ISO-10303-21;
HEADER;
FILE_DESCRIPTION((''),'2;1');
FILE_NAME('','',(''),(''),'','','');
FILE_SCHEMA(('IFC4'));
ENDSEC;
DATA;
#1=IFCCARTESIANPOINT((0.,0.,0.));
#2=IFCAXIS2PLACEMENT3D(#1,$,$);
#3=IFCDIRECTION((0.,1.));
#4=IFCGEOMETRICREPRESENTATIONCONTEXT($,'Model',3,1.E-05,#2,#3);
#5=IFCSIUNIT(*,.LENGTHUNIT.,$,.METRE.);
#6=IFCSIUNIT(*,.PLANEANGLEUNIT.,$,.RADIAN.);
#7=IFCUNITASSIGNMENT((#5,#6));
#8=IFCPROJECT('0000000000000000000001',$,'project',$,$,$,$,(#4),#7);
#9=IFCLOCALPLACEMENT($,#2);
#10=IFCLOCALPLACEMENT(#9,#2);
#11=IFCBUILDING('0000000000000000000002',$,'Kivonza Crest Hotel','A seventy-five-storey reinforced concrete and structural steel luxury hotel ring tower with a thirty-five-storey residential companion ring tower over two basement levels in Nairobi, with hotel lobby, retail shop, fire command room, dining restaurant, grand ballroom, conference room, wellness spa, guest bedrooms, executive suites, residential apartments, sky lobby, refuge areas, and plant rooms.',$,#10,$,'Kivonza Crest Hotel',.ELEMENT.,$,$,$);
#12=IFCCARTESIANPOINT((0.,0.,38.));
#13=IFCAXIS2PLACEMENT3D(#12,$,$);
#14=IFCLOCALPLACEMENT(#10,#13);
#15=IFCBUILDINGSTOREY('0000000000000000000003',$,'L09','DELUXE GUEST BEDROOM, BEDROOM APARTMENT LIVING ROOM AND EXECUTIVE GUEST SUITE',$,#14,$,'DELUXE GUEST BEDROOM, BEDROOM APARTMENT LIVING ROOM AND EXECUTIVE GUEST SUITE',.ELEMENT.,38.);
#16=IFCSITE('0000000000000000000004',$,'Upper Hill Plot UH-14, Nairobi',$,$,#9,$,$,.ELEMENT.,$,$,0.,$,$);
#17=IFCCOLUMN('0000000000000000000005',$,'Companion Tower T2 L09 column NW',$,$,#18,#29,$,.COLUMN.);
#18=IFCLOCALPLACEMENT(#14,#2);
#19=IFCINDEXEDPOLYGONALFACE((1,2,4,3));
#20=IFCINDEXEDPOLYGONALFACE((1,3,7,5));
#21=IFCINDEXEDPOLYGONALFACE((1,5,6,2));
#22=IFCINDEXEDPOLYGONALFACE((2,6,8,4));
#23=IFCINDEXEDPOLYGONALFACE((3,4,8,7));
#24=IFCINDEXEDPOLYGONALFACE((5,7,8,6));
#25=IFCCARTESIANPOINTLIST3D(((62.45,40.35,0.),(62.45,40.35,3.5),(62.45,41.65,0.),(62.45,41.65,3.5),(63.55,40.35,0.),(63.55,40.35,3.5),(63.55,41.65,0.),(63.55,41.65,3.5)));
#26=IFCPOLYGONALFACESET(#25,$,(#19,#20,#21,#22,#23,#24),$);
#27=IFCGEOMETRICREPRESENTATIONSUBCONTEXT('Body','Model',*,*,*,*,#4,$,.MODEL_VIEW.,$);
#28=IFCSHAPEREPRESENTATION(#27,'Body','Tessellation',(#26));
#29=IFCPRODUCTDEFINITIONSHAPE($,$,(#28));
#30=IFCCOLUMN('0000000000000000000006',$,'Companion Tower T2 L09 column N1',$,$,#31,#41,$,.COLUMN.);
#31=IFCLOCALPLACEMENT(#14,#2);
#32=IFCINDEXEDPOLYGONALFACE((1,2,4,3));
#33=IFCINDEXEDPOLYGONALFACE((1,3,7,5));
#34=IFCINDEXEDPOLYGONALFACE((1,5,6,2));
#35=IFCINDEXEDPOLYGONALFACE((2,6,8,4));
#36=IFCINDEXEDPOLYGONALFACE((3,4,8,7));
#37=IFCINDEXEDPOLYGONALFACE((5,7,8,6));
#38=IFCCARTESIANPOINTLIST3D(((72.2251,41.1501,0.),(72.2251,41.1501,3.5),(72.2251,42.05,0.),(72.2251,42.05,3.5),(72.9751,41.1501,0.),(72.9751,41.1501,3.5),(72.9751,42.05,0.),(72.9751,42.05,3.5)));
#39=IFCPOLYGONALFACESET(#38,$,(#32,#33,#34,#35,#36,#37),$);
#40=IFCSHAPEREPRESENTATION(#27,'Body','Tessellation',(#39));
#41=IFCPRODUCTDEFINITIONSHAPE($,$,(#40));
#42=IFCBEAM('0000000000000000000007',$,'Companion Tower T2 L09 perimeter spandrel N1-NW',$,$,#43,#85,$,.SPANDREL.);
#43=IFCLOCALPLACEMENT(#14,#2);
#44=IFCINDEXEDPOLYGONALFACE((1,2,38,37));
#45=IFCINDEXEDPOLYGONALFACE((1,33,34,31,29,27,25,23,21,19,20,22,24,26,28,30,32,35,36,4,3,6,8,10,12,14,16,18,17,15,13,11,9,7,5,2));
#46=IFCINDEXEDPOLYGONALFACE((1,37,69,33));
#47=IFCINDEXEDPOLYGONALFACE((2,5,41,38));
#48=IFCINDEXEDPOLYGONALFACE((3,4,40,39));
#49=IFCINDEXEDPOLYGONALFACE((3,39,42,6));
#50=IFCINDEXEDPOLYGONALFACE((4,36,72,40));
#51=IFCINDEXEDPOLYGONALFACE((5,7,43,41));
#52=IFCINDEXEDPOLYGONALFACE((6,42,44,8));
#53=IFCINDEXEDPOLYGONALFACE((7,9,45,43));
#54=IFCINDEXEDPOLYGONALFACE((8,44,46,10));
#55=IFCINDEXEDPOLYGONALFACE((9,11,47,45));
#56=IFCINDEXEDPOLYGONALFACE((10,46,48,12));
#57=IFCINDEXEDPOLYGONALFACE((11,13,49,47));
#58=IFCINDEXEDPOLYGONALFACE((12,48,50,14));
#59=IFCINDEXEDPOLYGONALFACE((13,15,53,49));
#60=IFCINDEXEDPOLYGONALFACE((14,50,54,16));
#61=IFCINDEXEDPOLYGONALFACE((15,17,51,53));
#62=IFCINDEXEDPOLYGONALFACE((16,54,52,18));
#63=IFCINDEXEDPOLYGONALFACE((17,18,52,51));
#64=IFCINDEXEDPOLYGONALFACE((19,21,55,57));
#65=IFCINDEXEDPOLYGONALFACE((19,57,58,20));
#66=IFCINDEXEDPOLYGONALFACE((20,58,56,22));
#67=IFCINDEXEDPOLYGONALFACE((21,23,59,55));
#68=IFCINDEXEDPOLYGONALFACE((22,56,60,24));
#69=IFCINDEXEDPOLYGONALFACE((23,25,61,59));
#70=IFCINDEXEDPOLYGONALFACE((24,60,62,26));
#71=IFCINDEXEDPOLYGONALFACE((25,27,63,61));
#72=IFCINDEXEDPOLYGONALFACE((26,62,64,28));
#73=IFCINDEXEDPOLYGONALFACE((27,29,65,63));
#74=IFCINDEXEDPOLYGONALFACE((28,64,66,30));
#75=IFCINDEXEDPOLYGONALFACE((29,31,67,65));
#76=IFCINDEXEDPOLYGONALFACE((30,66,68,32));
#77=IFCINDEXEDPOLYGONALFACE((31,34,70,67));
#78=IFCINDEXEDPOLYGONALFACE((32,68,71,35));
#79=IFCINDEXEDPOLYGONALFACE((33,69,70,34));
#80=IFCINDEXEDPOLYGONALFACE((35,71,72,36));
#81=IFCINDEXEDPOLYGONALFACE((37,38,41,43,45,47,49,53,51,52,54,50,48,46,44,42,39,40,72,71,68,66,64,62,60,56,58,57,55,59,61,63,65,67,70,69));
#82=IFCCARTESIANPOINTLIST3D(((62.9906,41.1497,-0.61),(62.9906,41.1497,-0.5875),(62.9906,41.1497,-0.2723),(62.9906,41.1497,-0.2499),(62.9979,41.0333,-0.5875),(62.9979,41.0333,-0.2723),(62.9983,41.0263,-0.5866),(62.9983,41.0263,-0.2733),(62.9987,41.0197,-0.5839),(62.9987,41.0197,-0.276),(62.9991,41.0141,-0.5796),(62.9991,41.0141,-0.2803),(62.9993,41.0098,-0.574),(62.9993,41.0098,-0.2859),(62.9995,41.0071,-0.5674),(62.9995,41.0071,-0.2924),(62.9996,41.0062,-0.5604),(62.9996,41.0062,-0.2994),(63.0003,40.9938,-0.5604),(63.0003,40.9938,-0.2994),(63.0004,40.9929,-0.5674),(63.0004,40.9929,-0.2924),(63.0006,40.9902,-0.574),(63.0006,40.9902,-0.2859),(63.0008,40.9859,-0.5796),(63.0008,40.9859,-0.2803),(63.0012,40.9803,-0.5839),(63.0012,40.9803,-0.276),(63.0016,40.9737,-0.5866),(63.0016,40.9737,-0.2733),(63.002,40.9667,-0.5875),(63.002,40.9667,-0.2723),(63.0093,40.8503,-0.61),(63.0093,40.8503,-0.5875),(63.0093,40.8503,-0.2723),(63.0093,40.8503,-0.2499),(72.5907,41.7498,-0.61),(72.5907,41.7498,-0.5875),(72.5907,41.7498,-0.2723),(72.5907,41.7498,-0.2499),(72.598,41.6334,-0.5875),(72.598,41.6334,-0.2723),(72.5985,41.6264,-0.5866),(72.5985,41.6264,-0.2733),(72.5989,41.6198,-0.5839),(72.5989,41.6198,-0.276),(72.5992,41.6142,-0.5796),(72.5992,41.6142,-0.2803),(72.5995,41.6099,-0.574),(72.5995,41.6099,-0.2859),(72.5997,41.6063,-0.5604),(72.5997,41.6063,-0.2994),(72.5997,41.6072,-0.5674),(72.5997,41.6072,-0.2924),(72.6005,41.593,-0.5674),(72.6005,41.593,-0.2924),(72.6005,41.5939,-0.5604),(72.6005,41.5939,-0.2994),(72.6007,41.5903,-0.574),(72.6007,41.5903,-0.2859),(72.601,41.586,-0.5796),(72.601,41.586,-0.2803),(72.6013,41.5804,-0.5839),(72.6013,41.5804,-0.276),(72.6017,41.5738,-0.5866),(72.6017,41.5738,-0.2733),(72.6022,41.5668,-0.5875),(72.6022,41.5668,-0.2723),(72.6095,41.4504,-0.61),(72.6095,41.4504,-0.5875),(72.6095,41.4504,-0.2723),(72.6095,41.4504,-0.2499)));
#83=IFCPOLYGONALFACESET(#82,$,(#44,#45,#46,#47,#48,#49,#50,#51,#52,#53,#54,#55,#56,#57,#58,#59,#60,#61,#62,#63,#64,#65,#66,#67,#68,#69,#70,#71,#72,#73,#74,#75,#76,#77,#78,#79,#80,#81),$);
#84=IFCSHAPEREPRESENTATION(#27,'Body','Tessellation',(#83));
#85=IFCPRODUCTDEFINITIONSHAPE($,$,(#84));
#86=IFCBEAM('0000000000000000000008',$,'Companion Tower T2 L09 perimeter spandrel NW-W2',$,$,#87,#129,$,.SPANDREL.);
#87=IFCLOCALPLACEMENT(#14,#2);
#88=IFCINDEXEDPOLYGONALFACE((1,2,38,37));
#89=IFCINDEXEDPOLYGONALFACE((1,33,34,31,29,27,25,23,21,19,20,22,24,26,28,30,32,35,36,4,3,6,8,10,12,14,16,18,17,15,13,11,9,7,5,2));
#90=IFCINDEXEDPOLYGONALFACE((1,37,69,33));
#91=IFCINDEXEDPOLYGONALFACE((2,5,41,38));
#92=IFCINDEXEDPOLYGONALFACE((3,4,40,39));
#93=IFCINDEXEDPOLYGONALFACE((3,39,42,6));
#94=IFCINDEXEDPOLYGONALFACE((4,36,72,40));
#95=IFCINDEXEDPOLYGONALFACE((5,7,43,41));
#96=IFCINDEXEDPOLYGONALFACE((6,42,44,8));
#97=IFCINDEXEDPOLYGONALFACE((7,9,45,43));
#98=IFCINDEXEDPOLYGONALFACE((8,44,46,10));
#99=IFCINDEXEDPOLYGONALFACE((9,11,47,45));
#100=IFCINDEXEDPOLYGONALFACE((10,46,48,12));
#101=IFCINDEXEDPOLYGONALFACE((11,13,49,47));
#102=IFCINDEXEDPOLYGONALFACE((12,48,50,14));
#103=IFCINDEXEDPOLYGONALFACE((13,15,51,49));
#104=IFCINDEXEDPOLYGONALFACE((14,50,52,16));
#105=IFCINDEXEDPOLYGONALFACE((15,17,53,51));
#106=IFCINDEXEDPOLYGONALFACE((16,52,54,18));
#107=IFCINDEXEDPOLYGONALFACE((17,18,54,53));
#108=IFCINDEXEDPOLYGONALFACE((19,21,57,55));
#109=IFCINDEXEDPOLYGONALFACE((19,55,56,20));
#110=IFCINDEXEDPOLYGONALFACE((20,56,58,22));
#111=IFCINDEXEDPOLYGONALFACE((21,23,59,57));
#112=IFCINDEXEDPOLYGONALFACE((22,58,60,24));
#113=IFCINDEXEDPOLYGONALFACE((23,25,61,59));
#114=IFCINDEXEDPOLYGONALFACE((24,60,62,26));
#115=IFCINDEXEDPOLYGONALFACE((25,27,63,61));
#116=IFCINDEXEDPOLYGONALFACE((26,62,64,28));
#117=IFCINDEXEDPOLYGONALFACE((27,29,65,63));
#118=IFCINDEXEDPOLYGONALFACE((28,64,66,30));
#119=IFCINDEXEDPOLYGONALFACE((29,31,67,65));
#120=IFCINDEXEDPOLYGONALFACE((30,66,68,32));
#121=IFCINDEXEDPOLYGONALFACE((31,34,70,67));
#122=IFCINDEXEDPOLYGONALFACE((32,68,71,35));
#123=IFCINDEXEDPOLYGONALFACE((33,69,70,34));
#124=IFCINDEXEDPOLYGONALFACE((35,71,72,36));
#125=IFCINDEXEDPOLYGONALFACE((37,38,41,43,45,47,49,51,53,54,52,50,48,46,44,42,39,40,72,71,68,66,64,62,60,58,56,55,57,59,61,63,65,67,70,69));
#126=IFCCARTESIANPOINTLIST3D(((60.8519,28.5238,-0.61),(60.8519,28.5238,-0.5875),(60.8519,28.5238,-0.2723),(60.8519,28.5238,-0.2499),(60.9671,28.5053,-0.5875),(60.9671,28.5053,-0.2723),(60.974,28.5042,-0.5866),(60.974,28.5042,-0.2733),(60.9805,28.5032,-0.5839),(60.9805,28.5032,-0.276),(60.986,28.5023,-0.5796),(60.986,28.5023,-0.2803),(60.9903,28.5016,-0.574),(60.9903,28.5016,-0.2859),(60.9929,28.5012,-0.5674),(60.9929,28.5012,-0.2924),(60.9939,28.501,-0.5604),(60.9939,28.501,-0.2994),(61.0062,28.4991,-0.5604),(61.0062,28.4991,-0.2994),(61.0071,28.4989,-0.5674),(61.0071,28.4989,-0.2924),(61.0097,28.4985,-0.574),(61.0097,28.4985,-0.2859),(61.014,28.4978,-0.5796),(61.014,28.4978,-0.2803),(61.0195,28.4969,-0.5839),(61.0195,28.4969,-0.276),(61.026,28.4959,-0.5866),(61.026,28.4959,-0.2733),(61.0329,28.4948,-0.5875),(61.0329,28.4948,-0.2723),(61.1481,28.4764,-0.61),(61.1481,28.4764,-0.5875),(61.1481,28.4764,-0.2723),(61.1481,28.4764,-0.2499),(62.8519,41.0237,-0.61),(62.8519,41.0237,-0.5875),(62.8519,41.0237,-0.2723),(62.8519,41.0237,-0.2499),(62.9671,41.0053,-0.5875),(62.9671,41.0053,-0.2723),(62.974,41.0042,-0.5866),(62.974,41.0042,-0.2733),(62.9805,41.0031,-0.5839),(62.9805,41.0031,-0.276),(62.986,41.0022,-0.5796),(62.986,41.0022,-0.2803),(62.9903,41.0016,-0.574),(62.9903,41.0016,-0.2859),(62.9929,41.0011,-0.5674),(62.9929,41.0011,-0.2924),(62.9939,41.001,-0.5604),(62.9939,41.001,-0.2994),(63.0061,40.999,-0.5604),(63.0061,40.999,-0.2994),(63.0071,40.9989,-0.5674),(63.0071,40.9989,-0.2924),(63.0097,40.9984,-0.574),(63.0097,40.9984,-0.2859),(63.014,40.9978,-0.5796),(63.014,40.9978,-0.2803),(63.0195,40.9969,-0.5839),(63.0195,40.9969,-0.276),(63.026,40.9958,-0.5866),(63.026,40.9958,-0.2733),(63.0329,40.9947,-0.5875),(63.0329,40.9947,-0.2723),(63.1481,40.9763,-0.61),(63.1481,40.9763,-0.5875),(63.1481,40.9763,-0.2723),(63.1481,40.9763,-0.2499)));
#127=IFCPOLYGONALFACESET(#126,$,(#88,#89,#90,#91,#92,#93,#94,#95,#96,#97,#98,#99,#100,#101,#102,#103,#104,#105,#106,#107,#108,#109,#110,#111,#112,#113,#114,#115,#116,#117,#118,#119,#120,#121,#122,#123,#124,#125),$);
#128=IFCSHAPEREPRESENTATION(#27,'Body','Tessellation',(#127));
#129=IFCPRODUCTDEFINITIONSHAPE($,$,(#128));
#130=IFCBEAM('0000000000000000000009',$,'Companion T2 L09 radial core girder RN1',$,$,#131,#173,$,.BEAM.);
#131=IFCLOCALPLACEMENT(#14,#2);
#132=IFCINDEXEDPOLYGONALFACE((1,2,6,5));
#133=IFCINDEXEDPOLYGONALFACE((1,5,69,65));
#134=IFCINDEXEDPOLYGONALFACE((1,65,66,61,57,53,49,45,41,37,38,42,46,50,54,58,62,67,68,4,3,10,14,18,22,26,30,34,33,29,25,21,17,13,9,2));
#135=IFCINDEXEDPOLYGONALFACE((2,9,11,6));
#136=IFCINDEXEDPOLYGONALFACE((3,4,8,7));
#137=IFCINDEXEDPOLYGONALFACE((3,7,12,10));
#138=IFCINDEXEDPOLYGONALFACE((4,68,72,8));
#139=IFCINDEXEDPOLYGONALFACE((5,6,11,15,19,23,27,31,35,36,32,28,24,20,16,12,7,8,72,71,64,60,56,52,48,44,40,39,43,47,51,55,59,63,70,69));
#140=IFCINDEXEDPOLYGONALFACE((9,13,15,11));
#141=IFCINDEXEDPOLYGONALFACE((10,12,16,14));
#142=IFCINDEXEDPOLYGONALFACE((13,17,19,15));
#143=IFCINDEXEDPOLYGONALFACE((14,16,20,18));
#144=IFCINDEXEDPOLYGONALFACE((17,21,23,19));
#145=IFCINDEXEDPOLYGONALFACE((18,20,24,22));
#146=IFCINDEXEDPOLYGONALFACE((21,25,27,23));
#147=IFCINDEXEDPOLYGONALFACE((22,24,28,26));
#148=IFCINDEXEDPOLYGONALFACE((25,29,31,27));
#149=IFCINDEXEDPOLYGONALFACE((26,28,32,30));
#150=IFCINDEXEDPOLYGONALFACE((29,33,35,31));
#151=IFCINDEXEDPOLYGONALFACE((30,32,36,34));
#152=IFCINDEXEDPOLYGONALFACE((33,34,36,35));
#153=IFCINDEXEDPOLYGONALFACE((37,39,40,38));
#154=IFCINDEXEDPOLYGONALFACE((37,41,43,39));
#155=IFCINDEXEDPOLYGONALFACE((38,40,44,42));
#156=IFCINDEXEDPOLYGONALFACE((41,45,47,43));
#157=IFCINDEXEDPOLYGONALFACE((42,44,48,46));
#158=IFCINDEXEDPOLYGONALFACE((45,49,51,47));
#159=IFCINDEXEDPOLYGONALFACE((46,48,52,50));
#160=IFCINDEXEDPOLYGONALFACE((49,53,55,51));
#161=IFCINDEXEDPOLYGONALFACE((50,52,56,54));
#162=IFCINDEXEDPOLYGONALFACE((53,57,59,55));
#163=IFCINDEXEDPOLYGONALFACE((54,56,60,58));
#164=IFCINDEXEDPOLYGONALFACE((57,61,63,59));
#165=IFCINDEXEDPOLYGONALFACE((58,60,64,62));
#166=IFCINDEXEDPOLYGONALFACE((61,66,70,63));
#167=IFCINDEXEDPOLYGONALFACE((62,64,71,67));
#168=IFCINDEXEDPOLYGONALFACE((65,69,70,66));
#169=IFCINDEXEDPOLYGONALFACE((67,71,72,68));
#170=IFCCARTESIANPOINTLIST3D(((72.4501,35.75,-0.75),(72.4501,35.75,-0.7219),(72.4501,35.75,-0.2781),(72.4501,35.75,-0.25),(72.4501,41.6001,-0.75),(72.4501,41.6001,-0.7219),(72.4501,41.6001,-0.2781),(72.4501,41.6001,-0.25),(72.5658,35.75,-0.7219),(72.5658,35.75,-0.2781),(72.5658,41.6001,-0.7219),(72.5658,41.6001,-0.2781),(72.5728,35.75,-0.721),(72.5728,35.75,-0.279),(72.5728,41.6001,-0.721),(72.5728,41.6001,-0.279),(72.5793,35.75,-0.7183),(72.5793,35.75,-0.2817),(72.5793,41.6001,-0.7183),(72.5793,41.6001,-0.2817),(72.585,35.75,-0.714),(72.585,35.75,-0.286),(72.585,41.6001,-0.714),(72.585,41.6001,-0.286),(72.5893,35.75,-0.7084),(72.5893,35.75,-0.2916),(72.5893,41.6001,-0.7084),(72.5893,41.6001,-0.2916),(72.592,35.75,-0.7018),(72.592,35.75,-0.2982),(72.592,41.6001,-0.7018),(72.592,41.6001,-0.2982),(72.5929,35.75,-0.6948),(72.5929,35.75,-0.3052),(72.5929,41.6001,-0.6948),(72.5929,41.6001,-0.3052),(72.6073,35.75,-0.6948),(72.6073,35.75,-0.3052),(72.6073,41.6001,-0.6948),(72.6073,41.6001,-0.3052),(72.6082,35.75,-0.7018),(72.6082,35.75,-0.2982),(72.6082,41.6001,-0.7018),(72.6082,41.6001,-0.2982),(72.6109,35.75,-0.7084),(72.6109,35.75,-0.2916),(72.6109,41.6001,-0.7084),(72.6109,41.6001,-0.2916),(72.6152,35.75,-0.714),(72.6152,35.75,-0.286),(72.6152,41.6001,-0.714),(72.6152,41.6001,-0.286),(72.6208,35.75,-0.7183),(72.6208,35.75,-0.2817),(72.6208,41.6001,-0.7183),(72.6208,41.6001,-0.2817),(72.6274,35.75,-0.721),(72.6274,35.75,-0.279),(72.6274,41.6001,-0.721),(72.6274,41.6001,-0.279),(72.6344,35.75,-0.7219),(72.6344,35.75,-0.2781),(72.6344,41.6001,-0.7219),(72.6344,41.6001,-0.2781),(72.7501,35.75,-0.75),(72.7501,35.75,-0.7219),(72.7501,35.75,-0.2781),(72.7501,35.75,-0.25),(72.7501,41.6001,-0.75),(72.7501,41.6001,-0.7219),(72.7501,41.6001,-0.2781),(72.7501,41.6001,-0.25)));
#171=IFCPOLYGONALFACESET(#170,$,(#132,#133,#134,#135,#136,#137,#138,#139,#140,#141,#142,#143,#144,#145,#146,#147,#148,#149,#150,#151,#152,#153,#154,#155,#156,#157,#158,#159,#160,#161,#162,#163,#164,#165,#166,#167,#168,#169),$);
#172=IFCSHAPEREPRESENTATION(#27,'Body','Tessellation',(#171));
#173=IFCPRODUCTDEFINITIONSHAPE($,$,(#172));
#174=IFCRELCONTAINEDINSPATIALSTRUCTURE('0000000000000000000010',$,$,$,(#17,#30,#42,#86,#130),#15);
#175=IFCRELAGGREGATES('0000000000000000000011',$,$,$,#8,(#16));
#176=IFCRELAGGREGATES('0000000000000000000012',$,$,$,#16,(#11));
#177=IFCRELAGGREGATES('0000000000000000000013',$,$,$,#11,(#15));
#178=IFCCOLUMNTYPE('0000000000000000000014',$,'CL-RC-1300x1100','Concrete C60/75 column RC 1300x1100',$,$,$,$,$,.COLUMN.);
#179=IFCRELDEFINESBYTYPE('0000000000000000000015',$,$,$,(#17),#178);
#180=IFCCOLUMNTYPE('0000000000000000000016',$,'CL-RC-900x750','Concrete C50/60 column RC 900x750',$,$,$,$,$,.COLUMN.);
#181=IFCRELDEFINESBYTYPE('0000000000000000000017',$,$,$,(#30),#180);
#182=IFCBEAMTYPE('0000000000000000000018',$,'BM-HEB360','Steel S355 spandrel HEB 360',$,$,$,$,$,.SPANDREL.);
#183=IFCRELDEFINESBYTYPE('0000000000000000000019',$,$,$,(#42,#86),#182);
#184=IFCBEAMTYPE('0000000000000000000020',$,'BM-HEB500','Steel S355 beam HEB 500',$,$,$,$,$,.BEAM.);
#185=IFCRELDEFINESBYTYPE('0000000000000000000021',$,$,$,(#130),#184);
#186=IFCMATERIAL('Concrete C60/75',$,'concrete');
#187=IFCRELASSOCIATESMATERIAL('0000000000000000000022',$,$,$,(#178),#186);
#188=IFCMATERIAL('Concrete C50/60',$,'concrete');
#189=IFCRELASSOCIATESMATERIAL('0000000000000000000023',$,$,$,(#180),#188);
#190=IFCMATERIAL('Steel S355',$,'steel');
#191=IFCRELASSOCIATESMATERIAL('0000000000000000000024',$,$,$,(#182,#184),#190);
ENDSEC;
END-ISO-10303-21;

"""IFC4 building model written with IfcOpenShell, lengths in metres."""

from ifc_helpers import new_model, si_unit, direction, frame, origin, origin_2d, place, context, subcontext, project, spatial, rectangle, i_section, extrude, material, material_profile, profile_set, type_object, element, save


model = new_model("IFC4")

# Units and contexts
model_context = context("Model", 3, precision=1e-05, world=origin(), true_north=direction((0.0, 1.0)))
body_context = subcontext(model_context, "Body", "Model", "MODEL_VIEW")
ifc_project = project(units=[si_unit("LENGTHUNIT", "METRE"), si_unit("PLANEANGLEUNIT", "RADIAN")], contexts=[model_context])

# Site, building, storey
site_placement = place(None, origin())
site = spatial("IfcSite", under=ifc_project, at=site_placement, Name="Upper Hill Plot UH-14, Nairobi", CompositionType="ELEMENT", RefElevation=0.0)
building_placement = place(site_placement, origin())
building = spatial("IfcBuilding", under=site, at=building_placement, Name="Kivonza Crest Hotel", Description="A seventy-five-storey reinforced concrete and structural steel luxury hotel ring tower with a thirty-five-storey residential companion ring tower over two basement levels in Nairobi, with hotel lobby, retail shop, fire command room, dining restaurant, grand ballroom, conference room, wellness spa, guest bedrooms, executive suites, residential apartments, sky lobby, refuge areas, and plant rooms.", LongName="Kivonza Crest Hotel", CompositionType="ELEMENT")
storey_placement = place(building_placement, frame((0.0, 0.0, 38.0)))
storey = spatial("IfcBuildingStorey", under=building, at=storey_placement, Name="L09", Description="DELUXE GUEST BEDROOM, BEDROOM APARTMENT LIVING ROOM AND EXECUTIVE GUEST SUITE", LongName="DELUXE GUEST BEDROOM, BEDROOM APARTMENT LIVING ROOM AND EXECUTIVE GUEST SUITE", CompositionType="ELEMENT", Elevation=38.0)

# Columns
ifc_material_1 = material(Name="Concrete C60/75", Category="concrete")
ifc_material_profile_1 = material_profile(ifc_material_1, rectangle(XDim=1.1001, YDim=1.3, at=origin_2d()), Name="RC 1300x1100")
ifc_profile_set_1 = profile_set([ifc_material_profile_1], Name="Concrete C60/75")
column_type_1 = type_object("IfcColumnType", Name="CL-RC-1300x1100", Description="Concrete C60/75 column RC 1300x1100", PredefinedType="COLUMN", material=ifc_profile_set_1)
column_1_placement = place(storey_placement, frame((63.0, 41.0, 0.0), z_axis=(0.0, 0.0, 1.0), x_axis=(1.0, 0.0, 0.0)))
element("IfcColumn", 1, at=column_1_placement, inside=storey, type_object=column_type_1, Name="Companion Tower T2 L09 column NW", PredefinedType="COLUMN", context=body_context, shape_type="SweptSolid", body=[
    extrude(rectangle(XDim=1.1001, YDim=1.3, at=origin_2d()), origin(), (0.0, 0.0, 1.0), 3.5),
])
ifc_material_2 = material(Name="Concrete C50/60", Category="concrete")
ifc_material_profile_2 = material_profile(ifc_material_2, rectangle(XDim=0.75, YDim=0.8999, at=origin_2d()), Name="RC 900x750")
ifc_profile_set_2 = profile_set([ifc_material_profile_2], Name="Concrete C50/60")
column_type_2 = type_object("IfcColumnType", Name="CL-RC-900x750", Description="Concrete C50/60 column RC 900x750", PredefinedType="COLUMN", material=ifc_profile_set_2)
column_2_placement = place(storey_placement, frame((72.6001, 41.6001, 0.0), z_axis=(0.0, 0.0, 1.0), x_axis=(1.0, 0.0, 0.0)))
element("IfcColumn", 2, at=column_2_placement, inside=storey, type_object=column_type_2, Name="Companion Tower T2 L09 column N1", PredefinedType="COLUMN", context=body_context, shape_type="SweptSolid", body=[
    extrude(rectangle(XDim=0.75, YDim=0.8999, at=origin_2d()), origin(), (0.0, 0.0, 1.0), 3.5),
])

# Beams
ifc_material_3 = material(Name="Steel S355", Category="steel")
ifc_material_profile_3 = material_profile(ifc_material_3, i_section(OverallWidth=0.3, OverallDepth=0.3601, WebThickness=0.0125, FlangeThickness=0.0225, FilletRadius=0.0271, at=origin_2d()), Name="HEB 360")
ifc_profile_set_3 = profile_set([ifc_material_profile_3], Name="Steel S355")
beam_type_1 = type_object("IfcBeamType", Name="BM-HEB360", Description="Steel S355 spandrel HEB 360", PredefinedType="SPANDREL", material=ifc_profile_set_3)
beam_1_placement = place(storey_placement, frame((72.6001, 41.6001, -0.4299), z_axis=(-0.998052, -0.062388, 0.0), x_axis=(0.062388, -0.998052, 0.0)))
element("IfcBeam", 3, at=beam_1_placement, inside=storey, type_object=beam_type_1, Name="Companion Tower T2 L09 perimeter spandrel N1-NW", PredefinedType="SPANDREL", context=body_context, shape_type="SweptSolid", body=[
    extrude(i_section(OverallWidth=0.3, OverallDepth=0.3601, WebThickness=0.0125, FlangeThickness=0.0225, FilletRadius=0.0271, at=origin_2d()), origin(), (0.0, 0.0, 1.0), 9.6189),
])
beam_2_placement = place(storey_placement, frame((63.0, 41.0, -0.4299), z_axis=(-0.157991, -0.987441, 0.0), x_axis=(0.987441, -0.157991, 0.0)))
element("IfcBeam", 4, at=beam_2_placement, inside=storey, type_object=beam_type_1, Name="Companion Tower T2 L09 perimeter spandrel NW-W2", PredefinedType="SPANDREL", context=body_context, shape_type="SweptSolid", body=[
    extrude(i_section(OverallWidth=0.3, OverallDepth=0.3601, WebThickness=0.0125, FlangeThickness=0.0225, FilletRadius=0.0271, at=origin_2d()), origin(), (0.0, 0.0, 1.0), 12.6589),
])
ifc_material_profile_4 = material_profile(ifc_material_3, i_section(OverallWidth=0.3, OverallDepth=0.5, WebThickness=0.0144, FlangeThickness=0.0281, FilletRadius=0.0271, at=origin_2d()), Name="HEB 500")
ifc_profile_set_4 = profile_set([ifc_material_profile_4], Name="Steel S355")
beam_type_2 = type_object("IfcBeamType", Name="BM-HEB500", Description="Steel S355 beam HEB 500", PredefinedType="BEAM", material=ifc_profile_set_4)
beam_3_placement = place(storey_placement, frame((72.6001, 41.6001, -0.5), z_axis=(0.0, -1.0, 0.0), x_axis=(1.0, 0.0, 0.0)))
element("IfcBeam", 5, at=beam_3_placement, inside=storey, type_object=beam_type_2, Name="Companion T2 L09 radial core girder RN1", PredefinedType="BEAM", context=body_context, shape_type="SweptSolid", body=[
    extrude(i_section(OverallWidth=0.3, OverallDepth=0.5, WebThickness=0.0144, FlangeThickness=0.0281, FilletRadius=0.0271, at=origin_2d()), origin(), (0.0, 0.0, 1.0), 5.8501),
])

save(model, "model.ifc")
